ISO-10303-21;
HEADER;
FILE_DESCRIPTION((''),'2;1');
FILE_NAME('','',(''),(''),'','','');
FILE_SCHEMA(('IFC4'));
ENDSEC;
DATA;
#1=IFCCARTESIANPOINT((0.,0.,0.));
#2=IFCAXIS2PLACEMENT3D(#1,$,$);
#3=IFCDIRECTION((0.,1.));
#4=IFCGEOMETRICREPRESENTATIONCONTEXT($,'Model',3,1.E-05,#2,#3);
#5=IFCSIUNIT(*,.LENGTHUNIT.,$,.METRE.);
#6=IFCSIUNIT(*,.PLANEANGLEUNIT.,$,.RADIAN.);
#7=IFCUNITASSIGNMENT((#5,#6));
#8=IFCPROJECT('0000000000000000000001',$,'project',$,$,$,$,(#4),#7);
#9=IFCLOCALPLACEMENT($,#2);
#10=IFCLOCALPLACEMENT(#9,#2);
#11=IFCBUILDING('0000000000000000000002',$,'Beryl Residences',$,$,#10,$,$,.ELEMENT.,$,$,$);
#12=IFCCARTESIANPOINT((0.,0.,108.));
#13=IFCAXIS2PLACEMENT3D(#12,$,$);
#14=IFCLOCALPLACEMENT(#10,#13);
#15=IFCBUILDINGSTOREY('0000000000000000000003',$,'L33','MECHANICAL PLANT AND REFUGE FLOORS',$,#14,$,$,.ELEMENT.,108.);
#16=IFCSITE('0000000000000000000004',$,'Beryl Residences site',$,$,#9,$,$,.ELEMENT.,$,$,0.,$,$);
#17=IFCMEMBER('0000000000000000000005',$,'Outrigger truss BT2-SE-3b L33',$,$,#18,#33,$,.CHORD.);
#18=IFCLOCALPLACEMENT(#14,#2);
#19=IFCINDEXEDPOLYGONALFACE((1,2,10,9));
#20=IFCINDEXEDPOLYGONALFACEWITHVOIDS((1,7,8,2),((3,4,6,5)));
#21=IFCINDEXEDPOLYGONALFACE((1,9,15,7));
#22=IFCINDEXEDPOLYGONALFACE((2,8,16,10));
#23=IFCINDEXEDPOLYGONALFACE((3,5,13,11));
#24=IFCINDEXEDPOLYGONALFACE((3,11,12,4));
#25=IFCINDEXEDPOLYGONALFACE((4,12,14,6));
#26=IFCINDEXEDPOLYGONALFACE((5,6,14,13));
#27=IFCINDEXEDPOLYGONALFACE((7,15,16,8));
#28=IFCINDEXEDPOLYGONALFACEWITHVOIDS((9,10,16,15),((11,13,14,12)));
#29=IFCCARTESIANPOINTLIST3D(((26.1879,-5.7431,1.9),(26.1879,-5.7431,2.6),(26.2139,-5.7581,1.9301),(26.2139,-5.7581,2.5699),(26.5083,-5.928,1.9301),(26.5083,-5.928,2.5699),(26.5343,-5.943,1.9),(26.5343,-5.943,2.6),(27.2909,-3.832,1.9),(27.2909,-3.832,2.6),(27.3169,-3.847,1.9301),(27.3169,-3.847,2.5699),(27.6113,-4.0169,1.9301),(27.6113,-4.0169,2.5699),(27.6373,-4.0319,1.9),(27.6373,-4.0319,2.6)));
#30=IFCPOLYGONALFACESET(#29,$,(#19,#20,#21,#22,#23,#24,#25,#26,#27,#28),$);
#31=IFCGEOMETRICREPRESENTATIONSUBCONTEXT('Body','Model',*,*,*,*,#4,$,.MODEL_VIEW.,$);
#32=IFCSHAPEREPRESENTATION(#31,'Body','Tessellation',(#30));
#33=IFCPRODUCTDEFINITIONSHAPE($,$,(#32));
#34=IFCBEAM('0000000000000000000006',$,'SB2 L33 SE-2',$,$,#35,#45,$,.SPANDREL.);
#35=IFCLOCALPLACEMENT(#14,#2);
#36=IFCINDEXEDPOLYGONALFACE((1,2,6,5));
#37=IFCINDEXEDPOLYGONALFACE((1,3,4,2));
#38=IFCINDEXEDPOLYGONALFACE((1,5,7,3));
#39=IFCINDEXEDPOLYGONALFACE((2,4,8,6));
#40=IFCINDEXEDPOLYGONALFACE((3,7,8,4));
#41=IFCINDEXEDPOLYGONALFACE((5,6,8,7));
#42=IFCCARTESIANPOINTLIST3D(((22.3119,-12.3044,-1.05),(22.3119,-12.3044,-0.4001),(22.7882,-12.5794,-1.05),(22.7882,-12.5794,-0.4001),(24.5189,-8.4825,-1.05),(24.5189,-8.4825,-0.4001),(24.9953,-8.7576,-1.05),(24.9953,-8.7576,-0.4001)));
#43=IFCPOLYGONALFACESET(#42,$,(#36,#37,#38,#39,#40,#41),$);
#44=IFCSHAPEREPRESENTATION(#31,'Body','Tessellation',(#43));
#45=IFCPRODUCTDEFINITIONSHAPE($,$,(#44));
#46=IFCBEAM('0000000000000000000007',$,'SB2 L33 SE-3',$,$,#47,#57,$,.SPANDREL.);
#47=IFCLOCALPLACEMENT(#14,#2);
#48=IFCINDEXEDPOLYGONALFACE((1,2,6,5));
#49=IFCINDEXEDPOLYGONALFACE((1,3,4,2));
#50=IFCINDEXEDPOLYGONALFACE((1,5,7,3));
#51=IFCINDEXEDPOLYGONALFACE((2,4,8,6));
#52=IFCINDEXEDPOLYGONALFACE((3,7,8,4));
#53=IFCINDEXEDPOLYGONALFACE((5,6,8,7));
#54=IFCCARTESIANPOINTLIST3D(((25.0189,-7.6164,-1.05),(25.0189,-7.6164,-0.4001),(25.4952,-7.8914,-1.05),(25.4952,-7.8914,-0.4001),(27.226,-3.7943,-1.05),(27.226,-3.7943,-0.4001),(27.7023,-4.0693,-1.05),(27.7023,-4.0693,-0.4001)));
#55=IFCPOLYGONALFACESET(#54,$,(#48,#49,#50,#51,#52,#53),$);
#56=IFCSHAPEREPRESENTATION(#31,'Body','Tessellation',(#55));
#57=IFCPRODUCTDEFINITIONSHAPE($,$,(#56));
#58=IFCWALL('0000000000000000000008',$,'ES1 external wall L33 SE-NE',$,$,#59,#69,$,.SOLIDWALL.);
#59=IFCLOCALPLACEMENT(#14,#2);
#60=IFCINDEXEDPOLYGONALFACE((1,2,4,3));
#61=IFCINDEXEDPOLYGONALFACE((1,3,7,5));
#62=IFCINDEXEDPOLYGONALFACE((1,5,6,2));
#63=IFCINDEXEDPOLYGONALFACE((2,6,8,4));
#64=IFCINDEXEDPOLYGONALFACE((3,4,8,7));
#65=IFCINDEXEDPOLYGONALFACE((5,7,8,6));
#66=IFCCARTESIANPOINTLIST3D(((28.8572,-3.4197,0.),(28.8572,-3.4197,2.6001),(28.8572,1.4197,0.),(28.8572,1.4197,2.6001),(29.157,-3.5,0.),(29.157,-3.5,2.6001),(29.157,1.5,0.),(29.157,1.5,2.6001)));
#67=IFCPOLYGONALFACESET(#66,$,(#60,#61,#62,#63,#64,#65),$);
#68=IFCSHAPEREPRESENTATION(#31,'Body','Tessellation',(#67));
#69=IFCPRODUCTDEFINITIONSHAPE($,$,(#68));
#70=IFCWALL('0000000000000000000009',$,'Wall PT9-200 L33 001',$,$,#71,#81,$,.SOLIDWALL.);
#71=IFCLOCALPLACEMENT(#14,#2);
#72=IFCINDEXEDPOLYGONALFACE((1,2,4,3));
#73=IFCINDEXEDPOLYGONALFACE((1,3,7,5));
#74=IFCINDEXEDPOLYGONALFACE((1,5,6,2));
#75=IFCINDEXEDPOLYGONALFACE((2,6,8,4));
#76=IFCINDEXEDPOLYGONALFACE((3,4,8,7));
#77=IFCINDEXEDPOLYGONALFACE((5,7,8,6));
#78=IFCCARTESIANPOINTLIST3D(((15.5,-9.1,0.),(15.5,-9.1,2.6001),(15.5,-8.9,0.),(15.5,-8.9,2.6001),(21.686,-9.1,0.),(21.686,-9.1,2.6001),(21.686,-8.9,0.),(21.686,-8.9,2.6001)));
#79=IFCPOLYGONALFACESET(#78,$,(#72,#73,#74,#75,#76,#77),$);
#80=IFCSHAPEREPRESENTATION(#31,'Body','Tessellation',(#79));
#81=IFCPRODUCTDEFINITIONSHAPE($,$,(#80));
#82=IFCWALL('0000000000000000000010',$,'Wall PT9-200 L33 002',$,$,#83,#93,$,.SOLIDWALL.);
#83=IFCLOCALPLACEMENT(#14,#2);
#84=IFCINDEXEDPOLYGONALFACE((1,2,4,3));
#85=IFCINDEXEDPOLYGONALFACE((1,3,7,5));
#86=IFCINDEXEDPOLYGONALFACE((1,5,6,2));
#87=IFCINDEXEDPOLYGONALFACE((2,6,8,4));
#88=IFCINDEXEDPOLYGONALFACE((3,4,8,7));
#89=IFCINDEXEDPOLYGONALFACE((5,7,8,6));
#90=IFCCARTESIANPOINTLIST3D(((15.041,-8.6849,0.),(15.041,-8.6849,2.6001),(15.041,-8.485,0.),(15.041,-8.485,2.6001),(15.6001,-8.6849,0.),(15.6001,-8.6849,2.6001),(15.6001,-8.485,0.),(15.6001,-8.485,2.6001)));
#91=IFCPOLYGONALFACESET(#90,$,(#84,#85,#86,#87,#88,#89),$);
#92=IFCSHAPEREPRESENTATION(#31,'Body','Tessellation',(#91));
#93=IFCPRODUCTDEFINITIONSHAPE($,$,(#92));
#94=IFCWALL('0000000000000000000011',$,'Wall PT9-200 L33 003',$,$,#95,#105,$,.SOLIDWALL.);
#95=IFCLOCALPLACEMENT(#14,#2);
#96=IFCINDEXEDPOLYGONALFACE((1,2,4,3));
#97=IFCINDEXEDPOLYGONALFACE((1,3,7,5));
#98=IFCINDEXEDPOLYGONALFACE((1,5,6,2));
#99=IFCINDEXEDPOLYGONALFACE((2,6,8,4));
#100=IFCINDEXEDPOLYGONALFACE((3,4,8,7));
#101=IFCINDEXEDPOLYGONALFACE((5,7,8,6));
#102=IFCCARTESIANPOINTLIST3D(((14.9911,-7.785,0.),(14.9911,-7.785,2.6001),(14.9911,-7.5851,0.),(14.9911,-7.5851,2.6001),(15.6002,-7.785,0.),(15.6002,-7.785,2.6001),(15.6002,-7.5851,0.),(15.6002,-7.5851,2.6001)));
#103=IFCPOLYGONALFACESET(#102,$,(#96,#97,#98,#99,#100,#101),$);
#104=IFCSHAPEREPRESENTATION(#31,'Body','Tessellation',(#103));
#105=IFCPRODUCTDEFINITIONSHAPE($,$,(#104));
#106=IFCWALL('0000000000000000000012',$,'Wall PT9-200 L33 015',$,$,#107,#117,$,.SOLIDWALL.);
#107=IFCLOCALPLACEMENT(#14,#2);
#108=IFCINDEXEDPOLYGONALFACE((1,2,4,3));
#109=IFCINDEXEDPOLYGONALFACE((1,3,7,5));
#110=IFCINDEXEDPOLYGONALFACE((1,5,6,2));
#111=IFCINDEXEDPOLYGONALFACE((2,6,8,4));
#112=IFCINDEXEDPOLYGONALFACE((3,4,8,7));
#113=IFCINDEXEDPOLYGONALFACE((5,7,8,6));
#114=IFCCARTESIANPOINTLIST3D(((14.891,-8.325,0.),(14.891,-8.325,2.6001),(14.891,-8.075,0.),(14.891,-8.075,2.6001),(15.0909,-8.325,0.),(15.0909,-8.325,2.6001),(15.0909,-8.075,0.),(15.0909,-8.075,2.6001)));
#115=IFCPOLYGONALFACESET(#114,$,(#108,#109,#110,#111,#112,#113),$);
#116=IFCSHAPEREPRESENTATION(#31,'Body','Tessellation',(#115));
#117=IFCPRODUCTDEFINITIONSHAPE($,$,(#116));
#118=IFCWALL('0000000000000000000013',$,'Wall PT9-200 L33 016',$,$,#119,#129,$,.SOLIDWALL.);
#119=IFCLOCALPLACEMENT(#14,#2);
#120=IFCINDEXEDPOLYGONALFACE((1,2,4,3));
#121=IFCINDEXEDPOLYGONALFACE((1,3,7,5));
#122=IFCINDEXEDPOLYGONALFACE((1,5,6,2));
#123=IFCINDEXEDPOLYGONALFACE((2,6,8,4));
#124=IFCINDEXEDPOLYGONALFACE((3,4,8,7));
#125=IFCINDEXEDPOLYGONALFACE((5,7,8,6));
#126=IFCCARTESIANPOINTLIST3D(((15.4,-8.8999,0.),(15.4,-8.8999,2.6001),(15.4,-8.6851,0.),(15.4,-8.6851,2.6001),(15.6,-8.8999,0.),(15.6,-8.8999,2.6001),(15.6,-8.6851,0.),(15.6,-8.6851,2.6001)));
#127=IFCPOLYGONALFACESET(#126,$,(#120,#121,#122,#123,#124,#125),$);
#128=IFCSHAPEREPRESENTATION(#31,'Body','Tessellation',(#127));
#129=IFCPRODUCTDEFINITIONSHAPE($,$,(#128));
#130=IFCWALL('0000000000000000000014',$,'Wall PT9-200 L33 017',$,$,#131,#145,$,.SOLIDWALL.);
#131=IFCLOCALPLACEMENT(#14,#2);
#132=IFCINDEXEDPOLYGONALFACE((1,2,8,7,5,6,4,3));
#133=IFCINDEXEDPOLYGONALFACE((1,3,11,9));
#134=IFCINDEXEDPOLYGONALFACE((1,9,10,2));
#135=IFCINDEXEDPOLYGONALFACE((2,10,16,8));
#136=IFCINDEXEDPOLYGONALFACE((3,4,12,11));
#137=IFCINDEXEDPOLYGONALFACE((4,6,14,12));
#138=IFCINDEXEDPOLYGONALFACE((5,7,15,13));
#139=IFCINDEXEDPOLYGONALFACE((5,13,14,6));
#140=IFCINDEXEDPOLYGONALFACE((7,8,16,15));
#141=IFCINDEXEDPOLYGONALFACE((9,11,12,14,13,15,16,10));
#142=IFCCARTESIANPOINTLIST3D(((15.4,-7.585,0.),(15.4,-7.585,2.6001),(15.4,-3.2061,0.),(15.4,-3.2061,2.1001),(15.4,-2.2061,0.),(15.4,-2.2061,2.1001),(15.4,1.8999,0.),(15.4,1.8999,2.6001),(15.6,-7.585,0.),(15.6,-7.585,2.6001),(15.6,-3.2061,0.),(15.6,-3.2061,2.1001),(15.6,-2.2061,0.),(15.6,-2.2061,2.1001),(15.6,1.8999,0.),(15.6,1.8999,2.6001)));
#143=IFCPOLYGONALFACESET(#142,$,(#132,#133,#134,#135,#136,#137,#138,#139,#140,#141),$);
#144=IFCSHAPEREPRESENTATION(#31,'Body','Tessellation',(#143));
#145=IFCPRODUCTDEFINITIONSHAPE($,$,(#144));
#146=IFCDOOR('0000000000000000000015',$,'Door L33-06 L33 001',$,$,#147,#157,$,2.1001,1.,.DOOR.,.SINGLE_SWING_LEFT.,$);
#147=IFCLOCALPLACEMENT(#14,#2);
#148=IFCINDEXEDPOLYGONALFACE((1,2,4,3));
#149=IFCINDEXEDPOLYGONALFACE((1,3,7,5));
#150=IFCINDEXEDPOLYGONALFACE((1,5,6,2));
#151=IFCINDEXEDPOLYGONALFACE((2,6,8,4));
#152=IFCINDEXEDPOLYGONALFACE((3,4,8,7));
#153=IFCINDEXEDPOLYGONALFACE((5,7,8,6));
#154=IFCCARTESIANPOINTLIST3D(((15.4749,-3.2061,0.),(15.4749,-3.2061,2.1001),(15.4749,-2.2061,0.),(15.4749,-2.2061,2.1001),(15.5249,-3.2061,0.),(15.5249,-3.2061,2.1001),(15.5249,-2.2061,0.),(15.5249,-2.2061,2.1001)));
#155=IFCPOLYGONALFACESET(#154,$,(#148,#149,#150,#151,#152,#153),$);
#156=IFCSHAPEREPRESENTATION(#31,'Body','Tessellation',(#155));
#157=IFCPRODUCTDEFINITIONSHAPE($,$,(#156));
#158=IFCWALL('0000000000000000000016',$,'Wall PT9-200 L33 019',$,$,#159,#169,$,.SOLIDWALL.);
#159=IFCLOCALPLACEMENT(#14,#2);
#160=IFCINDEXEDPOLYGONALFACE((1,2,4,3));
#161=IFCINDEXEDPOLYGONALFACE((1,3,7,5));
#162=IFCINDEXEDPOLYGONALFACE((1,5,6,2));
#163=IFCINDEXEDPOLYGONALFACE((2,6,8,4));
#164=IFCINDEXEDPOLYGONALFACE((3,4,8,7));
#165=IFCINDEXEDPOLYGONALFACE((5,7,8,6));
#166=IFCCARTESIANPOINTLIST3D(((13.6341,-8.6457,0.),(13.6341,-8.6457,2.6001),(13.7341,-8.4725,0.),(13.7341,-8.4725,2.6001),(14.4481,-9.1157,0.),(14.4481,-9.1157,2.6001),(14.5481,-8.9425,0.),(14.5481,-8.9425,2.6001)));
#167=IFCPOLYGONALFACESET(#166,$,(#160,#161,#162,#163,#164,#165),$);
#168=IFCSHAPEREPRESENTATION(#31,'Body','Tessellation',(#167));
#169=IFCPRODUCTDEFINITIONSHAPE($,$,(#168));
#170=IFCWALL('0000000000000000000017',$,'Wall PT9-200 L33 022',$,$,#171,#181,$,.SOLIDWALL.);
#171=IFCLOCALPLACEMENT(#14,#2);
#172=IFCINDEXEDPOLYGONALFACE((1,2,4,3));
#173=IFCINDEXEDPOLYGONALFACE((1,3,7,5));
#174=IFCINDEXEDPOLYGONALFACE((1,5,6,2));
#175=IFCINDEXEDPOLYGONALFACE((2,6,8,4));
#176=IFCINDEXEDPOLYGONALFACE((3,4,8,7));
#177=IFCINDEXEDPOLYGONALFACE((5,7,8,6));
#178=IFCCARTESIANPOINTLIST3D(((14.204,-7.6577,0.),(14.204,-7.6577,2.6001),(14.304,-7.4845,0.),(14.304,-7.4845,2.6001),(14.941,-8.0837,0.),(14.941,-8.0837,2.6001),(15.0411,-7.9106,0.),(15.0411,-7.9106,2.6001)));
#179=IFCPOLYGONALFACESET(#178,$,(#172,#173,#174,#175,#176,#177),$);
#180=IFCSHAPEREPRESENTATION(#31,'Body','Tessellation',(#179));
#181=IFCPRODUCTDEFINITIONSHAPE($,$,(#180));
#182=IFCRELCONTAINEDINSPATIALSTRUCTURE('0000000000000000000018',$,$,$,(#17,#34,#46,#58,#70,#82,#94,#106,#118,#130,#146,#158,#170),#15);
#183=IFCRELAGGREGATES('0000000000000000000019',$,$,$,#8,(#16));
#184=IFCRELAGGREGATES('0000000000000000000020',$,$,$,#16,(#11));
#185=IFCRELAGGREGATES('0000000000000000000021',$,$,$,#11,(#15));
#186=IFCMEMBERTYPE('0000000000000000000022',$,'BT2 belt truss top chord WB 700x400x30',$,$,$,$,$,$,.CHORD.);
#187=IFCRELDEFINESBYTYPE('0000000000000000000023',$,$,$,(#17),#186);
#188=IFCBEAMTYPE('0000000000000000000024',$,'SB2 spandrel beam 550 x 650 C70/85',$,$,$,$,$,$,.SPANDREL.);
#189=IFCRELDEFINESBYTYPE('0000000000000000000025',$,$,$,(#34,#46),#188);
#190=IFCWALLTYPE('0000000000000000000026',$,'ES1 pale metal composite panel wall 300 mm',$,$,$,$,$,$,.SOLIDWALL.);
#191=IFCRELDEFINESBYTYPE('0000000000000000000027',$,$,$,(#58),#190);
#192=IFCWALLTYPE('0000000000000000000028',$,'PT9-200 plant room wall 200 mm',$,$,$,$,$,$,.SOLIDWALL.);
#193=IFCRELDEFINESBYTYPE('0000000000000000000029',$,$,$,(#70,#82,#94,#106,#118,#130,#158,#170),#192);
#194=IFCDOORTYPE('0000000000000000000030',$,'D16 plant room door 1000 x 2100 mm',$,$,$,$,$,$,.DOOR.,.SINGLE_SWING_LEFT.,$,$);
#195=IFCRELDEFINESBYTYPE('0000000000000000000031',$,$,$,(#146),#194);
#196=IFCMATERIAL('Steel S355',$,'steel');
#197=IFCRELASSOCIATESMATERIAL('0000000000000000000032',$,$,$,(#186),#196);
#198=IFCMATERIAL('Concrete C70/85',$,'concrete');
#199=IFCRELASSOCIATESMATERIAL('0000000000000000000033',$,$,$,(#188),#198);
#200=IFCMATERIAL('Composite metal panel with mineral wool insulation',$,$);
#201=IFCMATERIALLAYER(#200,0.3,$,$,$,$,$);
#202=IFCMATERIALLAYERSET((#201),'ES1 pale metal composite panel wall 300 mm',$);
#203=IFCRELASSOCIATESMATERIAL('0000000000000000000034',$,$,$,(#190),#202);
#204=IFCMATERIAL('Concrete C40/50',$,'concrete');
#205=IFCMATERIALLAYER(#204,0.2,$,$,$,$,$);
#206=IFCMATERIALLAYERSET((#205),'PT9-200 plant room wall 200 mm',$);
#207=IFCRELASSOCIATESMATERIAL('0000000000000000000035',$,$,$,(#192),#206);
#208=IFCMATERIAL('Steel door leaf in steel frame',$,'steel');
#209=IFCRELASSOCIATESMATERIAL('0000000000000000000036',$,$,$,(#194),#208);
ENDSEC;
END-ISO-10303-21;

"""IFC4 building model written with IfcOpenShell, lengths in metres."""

from ifc_helpers import new_model, si_unit, direction, frame, frame_2d, origin, origin_2d, place, context, subcontext, project, spatial, polyline, rectangle, hollow_rectangle, outline, extrude, material, layer, layer_set, material_profile, profile_set, type_object, element, fill, save


model = new_model("IFC4")

# Units and contexts
model_context = context("Model", 3, precision=1e-05, world=origin(), true_north=direction((0.0, 1.0)))
body_context = subcontext(model_context, "Body", "Model", "MODEL_VIEW")
ifc_project = project(units=[si_unit("LENGTHUNIT", "METRE"), si_unit("PLANEANGLEUNIT", "RADIAN")], contexts=[model_context])

# Site, building, storey
site_placement = place(None, origin())
site = spatial("IfcSite", under=ifc_project, at=site_placement, Name="Beryl Residences site", CompositionType="ELEMENT", RefElevation=0.0)
building_placement = place(site_placement, origin())
building = spatial("IfcBuilding", under=site, at=building_placement, Name="Beryl Residences", CompositionType="ELEMENT")
storey_placement = place(building_placement, frame((0.0, 0.0, 108.0)))
storey = spatial("IfcBuildingStorey", under=building, at=storey_placement, Name="L33", Description="MECHANICAL PLANT AND REFUGE FLOORS", CompositionType="ELEMENT", Elevation=108.0)

# Member
ifc_material_1 = material(Name="Steel S355", Category="steel")
ifc_material_profile_1 = material_profile(ifc_material_1, hollow_rectangle(XDim=0.3999, YDim=0.7, WallThickness=0.03, at=origin_2d()))
ifc_profile_set_1 = profile_set([ifc_material_profile_1], Name="Steel S355")
member_type_1 = type_object("IfcMemberType", Name="BT2 belt truss top chord WB 700x400x30", PredefinedType="CHORD", material=ifc_profile_set_1)
member_1_placement = place(storey_placement, frame((26.3611, -5.843, 2.25), z_axis=(0.499876, 0.866097, 0.0), x_axis=(-0.866097, 0.499876, 0.0)))
element("IfcMember", 1, at=member_1_placement, inside=storey, type_object=member_type_1, Name="Outrigger truss BT2-SE-3b L33", PredefinedType="CHORD", context=body_context, shape_type="SweptSolid", body=[
    extrude(hollow_rectangle(XDim=0.3999, YDim=0.7, WallThickness=0.03, at=origin_2d()), origin(), (0.0, 0.0, 1.0), 2.2065),
])

# Beams
ifc_material_2 = material(Name="Concrete C70/85", Category="concrete")
ifc_material_profile_2 = material_profile(ifc_material_2, rectangle(XDim=0.55, YDim=0.6499, at=origin_2d()))
ifc_profile_set_2 = profile_set([ifc_material_profile_2], Name="Concrete C70/85")
beam_type = type_object("IfcBeamType", Name="SB2 spandrel beam 550 x 650 C70/85", PredefinedType="SPANDREL", material=ifc_profile_set_2)
beam_1_placement = place(storey_placement, frame((22.55, -12.4419, -0.7251), z_axis=(0.50009, 0.865974, 0.0), x_axis=(-0.865974, 0.50009, 0.0)))
element("IfcBeam", 2, at=beam_1_placement, inside=storey, type_object=beam_type, Name="SB2 L33 SE-2", PredefinedType="SPANDREL", context=body_context, shape_type="SweptSolid", body=[
    extrude(rectangle(XDim=0.55, YDim=0.6499, at=origin_2d()), origin(), (0.0, 0.0, 1.0), 4.4133),
])
beam_2_placement = place(storey_placement, frame((25.2571, -7.7539, -0.7251), z_axis=(0.500066, 0.865988, 0.0), x_axis=(-0.865988, 0.500066, 0.0)))
element("IfcBeam", 3, at=beam_2_placement, inside=storey, type_object=beam_type, Name="SB2 L33 SE-3", PredefinedType="SPANDREL", context=body_context, shape_type="SweptSolid", body=[
    extrude(rectangle(XDim=0.55, YDim=0.6499, at=origin_2d()), origin(), (0.0, 0.0, 1.0), 4.4136),
])

# Walls
ifc_material_3 = material(Name="Composite metal panel with mineral wool insulation")
ifc_layer_1 = layer(ifc_material_3, 0.3)
ifc_layer_set_1 = layer_set([ifc_layer_1], Name="ES1 pale metal composite panel wall 300 mm")
wall_type_1 = type_object("IfcWallType", Name="ES1 pale metal composite panel wall 300 mm", PredefinedType="SOLIDWALL", material=ifc_layer_set_1)
wall_1_placement = place(storey_placement, frame((29.0071, -3.5, 0.0), z_axis=(0.0, 0.0, 1.0), x_axis=(0.0, 1.0, 0.0)))
element("IfcWall", 4, at=wall_1_placement, inside=storey, type_object=wall_type_1, Name="ES1 external wall L33 SE-NE", PredefinedType="SOLIDWALL", context=body_context, shape_type="SweptSolid", body=[
    extrude(outline(polyline([(0.0, -0.1499), (5.0, -0.1499), (4.9197, 0.1499), (0.0803, 0.1499), (0.0, -0.1499)])), origin(), (0.0, 0.0, 1.0), 2.6001),
])
ifc_material_4 = material(Name="Concrete C40/50", Category="concrete")
ifc_layer_2 = layer(ifc_material_4, 0.2)
ifc_layer_set_2 = layer_set([ifc_layer_2], Name="PT9-200 plant room wall 200 mm")
wall_type_2 = type_object("IfcWallType", Name="PT9-200 plant room wall 200 mm", PredefinedType="SOLIDWALL", material=ifc_layer_set_2)
wall_2_placement = place(storey_placement, frame((15.5, -9.0, 0.0), z_axis=(0.0, 0.0, 1.0), x_axis=(1.0, 0.0, 0.0)))
element("IfcWall", 5, at=wall_2_placement, inside=storey, type_object=wall_type_2, Name="Wall PT9-200 L33 001", PredefinedType="SOLIDWALL", context=body_context, shape_type="SweptSolid", body=[
    extrude(rectangle(XDim=6.186, YDim=0.2, at=frame_2d((3.093, 0.0))), origin(), (0.0, 0.0, 1.0), 2.6001),
])
wall_3_placement = place(storey_placement, frame((15.041, -8.585, 0.0), z_axis=(0.0, 0.0, 1.0), x_axis=(1.0, 0.0, 0.0)))
element("IfcWall", 6, at=wall_3_placement, inside=storey, type_object=wall_type_2, Name="Wall PT9-200 L33 002", PredefinedType="SOLIDWALL", context=body_context, shape_type="SweptSolid", body=[
    extrude(rectangle(XDim=0.5591, YDim=0.2, at=frame_2d((0.2795, 0.0))), origin(), (0.0, 0.0, 1.0), 2.6001),
])
wall_4_placement = place(storey_placement, frame((14.991, -7.6851, 0.0), z_axis=(0.0, 0.0, 1.0), x_axis=(1.0, 0.0, 0.0)))
element("IfcWall", 7, at=wall_4_placement, inside=storey, type_object=wall_type_2, Name="Wall PT9-200 L33 003", PredefinedType="SOLIDWALL", context=body_context, shape_type="SweptSolid", body=[
    extrude(rectangle(XDim=0.6091, YDim=0.2, at=frame_2d((0.3047, 0.0))), origin(), (0.0, 0.0, 1.0), 2.6001),
])
wall_5_placement = place(storey_placement, frame((14.991, -8.325, 0.0), z_axis=(0.0, 0.0, 1.0), x_axis=(0.0, 1.0, 0.0)))
element("IfcWall", 8, at=wall_5_placement, inside=storey, type_object=wall_type_2, Name="Wall PT9-200 L33 015", PredefinedType="SOLIDWALL", context=body_context, shape_type="SweptSolid", body=[
    extrude(rectangle(XDim=0.25, YDim=0.2, at=frame_2d((0.125, 0.0))), origin(), (0.0, 0.0, 1.0), 2.6001),
])
wall_6_placement = place(storey_placement, frame((15.5, -8.8999, 0.0), z_axis=(0.0, 0.0, 1.0), x_axis=(0.0, 1.0, 0.0)))
element("IfcWall", 9, at=wall_6_placement, inside=storey, type_object=wall_type_2, Name="Wall PT9-200 L33 016", PredefinedType="SOLIDWALL", context=body_context, shape_type="SweptSolid", body=[
    extrude(rectangle(XDim=0.2148, YDim=0.2, at=frame_2d((0.1074, 0.0))), origin(), (0.0, 0.0, 1.0), 2.6001),
])

# Wall, opening, door
wall_7_placement = place(storey_placement, frame((15.5, -7.585, 0.0), z_axis=(0.0, 0.0, 1.0), x_axis=(0.0, 1.0, 0.0)))
wall_7 = element("IfcWall", 10, at=wall_7_placement, inside=storey, type_object=wall_type_2, Name="Wall PT9-200 L33 017", PredefinedType="SOLIDWALL", context=body_context, shape_type="SweptSolid", body=[
    extrude(rectangle(XDim=9.4849, YDim=0.2, at=frame_2d((4.7424, 0.0))), origin(), (0.0, 0.0, 1.0), 2.6001),
])
opening_placement = place(wall_7_placement, frame((5.3789, 0.0, 0.0), z_axis=(0.0, 0.0, 1.0), x_axis=(-1.0, 0.0, 0.0)))
opening = element("IfcOpeningElement", 11, at=opening_placement, cuts=wall_7, PredefinedType="OPENING", context=body_context, shape_type="SweptSolid", body=[
    extrude(rectangle(XDim=1.0, YDim=2.1001, at=frame_2d((0.5, 1.05))), frame((0.0, 0.1099, 0.0), z_axis=(0.0, -1.0, 0.0), x_axis=(1.0, 0.0, 0.0)), (0.0, 0.0, 1.0), 0.22),
])
ifc_material_5 = material(Name="Steel door leaf in steel frame", Category="steel")
door_type = type_object("IfcDoorType", Name="D16 plant room door 1000 x 2100 mm", OperationType="SINGLE_SWING_LEFT", PredefinedType="DOOR", material=ifc_material_5)
door_placement = place(opening_placement, origin())
door = element("IfcDoor", 12, at=door_placement, inside=storey, type_object=door_type, Name="Door L33-06 L33 001", OperationType="SINGLE_SWING_LEFT", OverallHeight=2.1001, OverallWidth=1.0, PredefinedType="DOOR", context=body_context, shape_type="SweptSolid", body=[
    extrude(rectangle(XDim=1.0, YDim=2.1001, at=frame_2d((0.5, 1.05))), frame((0.0, 0.0249, 0.0), z_axis=(0.0, -1.0, 0.0), x_axis=(1.0, 0.0, 0.0)), (0.0, 0.0, 1.0), 0.05),
])
fill(opening, door)

# Walls
wall_8_placement = place(storey_placement, frame((13.6841, -8.5591, 0.0), z_axis=(0.0, 0.0, 1.0), x_axis=(0.866013, -0.500022, 0.0)))
element("IfcWall", 13, at=wall_8_placement, inside=storey, type_object=wall_type_2, Name="Wall PT9-200 L33 019", PredefinedType="SOLIDWALL", context=body_context, shape_type="SweptSolid", body=[
    extrude(rectangle(XDim=0.9399, YDim=0.2, at=frame_2d((0.47, 0.0))), origin(), (0.0, 0.0, 1.0), 2.6001),
])
wall_9_placement = place(storey_placement, frame((14.2539, -7.571, 0.0), z_axis=(0.0, 0.0, 1.0), x_axis=(0.865779, -0.500426, 0.0)))
element("IfcWall", 14, at=wall_9_placement, inside=storey, type_object=wall_type_2, Name="Wall PT9-200 L33 022", PredefinedType="SOLIDWALL", context=body_context, shape_type="SweptSolid", body=[
    extrude(rectangle(XDim=0.8513, YDim=0.2, at=frame_2d((0.4258, 0.0))), origin(), (0.0, 0.0, 1.0), 2.6001),
])

save(model, "model.ifc")
